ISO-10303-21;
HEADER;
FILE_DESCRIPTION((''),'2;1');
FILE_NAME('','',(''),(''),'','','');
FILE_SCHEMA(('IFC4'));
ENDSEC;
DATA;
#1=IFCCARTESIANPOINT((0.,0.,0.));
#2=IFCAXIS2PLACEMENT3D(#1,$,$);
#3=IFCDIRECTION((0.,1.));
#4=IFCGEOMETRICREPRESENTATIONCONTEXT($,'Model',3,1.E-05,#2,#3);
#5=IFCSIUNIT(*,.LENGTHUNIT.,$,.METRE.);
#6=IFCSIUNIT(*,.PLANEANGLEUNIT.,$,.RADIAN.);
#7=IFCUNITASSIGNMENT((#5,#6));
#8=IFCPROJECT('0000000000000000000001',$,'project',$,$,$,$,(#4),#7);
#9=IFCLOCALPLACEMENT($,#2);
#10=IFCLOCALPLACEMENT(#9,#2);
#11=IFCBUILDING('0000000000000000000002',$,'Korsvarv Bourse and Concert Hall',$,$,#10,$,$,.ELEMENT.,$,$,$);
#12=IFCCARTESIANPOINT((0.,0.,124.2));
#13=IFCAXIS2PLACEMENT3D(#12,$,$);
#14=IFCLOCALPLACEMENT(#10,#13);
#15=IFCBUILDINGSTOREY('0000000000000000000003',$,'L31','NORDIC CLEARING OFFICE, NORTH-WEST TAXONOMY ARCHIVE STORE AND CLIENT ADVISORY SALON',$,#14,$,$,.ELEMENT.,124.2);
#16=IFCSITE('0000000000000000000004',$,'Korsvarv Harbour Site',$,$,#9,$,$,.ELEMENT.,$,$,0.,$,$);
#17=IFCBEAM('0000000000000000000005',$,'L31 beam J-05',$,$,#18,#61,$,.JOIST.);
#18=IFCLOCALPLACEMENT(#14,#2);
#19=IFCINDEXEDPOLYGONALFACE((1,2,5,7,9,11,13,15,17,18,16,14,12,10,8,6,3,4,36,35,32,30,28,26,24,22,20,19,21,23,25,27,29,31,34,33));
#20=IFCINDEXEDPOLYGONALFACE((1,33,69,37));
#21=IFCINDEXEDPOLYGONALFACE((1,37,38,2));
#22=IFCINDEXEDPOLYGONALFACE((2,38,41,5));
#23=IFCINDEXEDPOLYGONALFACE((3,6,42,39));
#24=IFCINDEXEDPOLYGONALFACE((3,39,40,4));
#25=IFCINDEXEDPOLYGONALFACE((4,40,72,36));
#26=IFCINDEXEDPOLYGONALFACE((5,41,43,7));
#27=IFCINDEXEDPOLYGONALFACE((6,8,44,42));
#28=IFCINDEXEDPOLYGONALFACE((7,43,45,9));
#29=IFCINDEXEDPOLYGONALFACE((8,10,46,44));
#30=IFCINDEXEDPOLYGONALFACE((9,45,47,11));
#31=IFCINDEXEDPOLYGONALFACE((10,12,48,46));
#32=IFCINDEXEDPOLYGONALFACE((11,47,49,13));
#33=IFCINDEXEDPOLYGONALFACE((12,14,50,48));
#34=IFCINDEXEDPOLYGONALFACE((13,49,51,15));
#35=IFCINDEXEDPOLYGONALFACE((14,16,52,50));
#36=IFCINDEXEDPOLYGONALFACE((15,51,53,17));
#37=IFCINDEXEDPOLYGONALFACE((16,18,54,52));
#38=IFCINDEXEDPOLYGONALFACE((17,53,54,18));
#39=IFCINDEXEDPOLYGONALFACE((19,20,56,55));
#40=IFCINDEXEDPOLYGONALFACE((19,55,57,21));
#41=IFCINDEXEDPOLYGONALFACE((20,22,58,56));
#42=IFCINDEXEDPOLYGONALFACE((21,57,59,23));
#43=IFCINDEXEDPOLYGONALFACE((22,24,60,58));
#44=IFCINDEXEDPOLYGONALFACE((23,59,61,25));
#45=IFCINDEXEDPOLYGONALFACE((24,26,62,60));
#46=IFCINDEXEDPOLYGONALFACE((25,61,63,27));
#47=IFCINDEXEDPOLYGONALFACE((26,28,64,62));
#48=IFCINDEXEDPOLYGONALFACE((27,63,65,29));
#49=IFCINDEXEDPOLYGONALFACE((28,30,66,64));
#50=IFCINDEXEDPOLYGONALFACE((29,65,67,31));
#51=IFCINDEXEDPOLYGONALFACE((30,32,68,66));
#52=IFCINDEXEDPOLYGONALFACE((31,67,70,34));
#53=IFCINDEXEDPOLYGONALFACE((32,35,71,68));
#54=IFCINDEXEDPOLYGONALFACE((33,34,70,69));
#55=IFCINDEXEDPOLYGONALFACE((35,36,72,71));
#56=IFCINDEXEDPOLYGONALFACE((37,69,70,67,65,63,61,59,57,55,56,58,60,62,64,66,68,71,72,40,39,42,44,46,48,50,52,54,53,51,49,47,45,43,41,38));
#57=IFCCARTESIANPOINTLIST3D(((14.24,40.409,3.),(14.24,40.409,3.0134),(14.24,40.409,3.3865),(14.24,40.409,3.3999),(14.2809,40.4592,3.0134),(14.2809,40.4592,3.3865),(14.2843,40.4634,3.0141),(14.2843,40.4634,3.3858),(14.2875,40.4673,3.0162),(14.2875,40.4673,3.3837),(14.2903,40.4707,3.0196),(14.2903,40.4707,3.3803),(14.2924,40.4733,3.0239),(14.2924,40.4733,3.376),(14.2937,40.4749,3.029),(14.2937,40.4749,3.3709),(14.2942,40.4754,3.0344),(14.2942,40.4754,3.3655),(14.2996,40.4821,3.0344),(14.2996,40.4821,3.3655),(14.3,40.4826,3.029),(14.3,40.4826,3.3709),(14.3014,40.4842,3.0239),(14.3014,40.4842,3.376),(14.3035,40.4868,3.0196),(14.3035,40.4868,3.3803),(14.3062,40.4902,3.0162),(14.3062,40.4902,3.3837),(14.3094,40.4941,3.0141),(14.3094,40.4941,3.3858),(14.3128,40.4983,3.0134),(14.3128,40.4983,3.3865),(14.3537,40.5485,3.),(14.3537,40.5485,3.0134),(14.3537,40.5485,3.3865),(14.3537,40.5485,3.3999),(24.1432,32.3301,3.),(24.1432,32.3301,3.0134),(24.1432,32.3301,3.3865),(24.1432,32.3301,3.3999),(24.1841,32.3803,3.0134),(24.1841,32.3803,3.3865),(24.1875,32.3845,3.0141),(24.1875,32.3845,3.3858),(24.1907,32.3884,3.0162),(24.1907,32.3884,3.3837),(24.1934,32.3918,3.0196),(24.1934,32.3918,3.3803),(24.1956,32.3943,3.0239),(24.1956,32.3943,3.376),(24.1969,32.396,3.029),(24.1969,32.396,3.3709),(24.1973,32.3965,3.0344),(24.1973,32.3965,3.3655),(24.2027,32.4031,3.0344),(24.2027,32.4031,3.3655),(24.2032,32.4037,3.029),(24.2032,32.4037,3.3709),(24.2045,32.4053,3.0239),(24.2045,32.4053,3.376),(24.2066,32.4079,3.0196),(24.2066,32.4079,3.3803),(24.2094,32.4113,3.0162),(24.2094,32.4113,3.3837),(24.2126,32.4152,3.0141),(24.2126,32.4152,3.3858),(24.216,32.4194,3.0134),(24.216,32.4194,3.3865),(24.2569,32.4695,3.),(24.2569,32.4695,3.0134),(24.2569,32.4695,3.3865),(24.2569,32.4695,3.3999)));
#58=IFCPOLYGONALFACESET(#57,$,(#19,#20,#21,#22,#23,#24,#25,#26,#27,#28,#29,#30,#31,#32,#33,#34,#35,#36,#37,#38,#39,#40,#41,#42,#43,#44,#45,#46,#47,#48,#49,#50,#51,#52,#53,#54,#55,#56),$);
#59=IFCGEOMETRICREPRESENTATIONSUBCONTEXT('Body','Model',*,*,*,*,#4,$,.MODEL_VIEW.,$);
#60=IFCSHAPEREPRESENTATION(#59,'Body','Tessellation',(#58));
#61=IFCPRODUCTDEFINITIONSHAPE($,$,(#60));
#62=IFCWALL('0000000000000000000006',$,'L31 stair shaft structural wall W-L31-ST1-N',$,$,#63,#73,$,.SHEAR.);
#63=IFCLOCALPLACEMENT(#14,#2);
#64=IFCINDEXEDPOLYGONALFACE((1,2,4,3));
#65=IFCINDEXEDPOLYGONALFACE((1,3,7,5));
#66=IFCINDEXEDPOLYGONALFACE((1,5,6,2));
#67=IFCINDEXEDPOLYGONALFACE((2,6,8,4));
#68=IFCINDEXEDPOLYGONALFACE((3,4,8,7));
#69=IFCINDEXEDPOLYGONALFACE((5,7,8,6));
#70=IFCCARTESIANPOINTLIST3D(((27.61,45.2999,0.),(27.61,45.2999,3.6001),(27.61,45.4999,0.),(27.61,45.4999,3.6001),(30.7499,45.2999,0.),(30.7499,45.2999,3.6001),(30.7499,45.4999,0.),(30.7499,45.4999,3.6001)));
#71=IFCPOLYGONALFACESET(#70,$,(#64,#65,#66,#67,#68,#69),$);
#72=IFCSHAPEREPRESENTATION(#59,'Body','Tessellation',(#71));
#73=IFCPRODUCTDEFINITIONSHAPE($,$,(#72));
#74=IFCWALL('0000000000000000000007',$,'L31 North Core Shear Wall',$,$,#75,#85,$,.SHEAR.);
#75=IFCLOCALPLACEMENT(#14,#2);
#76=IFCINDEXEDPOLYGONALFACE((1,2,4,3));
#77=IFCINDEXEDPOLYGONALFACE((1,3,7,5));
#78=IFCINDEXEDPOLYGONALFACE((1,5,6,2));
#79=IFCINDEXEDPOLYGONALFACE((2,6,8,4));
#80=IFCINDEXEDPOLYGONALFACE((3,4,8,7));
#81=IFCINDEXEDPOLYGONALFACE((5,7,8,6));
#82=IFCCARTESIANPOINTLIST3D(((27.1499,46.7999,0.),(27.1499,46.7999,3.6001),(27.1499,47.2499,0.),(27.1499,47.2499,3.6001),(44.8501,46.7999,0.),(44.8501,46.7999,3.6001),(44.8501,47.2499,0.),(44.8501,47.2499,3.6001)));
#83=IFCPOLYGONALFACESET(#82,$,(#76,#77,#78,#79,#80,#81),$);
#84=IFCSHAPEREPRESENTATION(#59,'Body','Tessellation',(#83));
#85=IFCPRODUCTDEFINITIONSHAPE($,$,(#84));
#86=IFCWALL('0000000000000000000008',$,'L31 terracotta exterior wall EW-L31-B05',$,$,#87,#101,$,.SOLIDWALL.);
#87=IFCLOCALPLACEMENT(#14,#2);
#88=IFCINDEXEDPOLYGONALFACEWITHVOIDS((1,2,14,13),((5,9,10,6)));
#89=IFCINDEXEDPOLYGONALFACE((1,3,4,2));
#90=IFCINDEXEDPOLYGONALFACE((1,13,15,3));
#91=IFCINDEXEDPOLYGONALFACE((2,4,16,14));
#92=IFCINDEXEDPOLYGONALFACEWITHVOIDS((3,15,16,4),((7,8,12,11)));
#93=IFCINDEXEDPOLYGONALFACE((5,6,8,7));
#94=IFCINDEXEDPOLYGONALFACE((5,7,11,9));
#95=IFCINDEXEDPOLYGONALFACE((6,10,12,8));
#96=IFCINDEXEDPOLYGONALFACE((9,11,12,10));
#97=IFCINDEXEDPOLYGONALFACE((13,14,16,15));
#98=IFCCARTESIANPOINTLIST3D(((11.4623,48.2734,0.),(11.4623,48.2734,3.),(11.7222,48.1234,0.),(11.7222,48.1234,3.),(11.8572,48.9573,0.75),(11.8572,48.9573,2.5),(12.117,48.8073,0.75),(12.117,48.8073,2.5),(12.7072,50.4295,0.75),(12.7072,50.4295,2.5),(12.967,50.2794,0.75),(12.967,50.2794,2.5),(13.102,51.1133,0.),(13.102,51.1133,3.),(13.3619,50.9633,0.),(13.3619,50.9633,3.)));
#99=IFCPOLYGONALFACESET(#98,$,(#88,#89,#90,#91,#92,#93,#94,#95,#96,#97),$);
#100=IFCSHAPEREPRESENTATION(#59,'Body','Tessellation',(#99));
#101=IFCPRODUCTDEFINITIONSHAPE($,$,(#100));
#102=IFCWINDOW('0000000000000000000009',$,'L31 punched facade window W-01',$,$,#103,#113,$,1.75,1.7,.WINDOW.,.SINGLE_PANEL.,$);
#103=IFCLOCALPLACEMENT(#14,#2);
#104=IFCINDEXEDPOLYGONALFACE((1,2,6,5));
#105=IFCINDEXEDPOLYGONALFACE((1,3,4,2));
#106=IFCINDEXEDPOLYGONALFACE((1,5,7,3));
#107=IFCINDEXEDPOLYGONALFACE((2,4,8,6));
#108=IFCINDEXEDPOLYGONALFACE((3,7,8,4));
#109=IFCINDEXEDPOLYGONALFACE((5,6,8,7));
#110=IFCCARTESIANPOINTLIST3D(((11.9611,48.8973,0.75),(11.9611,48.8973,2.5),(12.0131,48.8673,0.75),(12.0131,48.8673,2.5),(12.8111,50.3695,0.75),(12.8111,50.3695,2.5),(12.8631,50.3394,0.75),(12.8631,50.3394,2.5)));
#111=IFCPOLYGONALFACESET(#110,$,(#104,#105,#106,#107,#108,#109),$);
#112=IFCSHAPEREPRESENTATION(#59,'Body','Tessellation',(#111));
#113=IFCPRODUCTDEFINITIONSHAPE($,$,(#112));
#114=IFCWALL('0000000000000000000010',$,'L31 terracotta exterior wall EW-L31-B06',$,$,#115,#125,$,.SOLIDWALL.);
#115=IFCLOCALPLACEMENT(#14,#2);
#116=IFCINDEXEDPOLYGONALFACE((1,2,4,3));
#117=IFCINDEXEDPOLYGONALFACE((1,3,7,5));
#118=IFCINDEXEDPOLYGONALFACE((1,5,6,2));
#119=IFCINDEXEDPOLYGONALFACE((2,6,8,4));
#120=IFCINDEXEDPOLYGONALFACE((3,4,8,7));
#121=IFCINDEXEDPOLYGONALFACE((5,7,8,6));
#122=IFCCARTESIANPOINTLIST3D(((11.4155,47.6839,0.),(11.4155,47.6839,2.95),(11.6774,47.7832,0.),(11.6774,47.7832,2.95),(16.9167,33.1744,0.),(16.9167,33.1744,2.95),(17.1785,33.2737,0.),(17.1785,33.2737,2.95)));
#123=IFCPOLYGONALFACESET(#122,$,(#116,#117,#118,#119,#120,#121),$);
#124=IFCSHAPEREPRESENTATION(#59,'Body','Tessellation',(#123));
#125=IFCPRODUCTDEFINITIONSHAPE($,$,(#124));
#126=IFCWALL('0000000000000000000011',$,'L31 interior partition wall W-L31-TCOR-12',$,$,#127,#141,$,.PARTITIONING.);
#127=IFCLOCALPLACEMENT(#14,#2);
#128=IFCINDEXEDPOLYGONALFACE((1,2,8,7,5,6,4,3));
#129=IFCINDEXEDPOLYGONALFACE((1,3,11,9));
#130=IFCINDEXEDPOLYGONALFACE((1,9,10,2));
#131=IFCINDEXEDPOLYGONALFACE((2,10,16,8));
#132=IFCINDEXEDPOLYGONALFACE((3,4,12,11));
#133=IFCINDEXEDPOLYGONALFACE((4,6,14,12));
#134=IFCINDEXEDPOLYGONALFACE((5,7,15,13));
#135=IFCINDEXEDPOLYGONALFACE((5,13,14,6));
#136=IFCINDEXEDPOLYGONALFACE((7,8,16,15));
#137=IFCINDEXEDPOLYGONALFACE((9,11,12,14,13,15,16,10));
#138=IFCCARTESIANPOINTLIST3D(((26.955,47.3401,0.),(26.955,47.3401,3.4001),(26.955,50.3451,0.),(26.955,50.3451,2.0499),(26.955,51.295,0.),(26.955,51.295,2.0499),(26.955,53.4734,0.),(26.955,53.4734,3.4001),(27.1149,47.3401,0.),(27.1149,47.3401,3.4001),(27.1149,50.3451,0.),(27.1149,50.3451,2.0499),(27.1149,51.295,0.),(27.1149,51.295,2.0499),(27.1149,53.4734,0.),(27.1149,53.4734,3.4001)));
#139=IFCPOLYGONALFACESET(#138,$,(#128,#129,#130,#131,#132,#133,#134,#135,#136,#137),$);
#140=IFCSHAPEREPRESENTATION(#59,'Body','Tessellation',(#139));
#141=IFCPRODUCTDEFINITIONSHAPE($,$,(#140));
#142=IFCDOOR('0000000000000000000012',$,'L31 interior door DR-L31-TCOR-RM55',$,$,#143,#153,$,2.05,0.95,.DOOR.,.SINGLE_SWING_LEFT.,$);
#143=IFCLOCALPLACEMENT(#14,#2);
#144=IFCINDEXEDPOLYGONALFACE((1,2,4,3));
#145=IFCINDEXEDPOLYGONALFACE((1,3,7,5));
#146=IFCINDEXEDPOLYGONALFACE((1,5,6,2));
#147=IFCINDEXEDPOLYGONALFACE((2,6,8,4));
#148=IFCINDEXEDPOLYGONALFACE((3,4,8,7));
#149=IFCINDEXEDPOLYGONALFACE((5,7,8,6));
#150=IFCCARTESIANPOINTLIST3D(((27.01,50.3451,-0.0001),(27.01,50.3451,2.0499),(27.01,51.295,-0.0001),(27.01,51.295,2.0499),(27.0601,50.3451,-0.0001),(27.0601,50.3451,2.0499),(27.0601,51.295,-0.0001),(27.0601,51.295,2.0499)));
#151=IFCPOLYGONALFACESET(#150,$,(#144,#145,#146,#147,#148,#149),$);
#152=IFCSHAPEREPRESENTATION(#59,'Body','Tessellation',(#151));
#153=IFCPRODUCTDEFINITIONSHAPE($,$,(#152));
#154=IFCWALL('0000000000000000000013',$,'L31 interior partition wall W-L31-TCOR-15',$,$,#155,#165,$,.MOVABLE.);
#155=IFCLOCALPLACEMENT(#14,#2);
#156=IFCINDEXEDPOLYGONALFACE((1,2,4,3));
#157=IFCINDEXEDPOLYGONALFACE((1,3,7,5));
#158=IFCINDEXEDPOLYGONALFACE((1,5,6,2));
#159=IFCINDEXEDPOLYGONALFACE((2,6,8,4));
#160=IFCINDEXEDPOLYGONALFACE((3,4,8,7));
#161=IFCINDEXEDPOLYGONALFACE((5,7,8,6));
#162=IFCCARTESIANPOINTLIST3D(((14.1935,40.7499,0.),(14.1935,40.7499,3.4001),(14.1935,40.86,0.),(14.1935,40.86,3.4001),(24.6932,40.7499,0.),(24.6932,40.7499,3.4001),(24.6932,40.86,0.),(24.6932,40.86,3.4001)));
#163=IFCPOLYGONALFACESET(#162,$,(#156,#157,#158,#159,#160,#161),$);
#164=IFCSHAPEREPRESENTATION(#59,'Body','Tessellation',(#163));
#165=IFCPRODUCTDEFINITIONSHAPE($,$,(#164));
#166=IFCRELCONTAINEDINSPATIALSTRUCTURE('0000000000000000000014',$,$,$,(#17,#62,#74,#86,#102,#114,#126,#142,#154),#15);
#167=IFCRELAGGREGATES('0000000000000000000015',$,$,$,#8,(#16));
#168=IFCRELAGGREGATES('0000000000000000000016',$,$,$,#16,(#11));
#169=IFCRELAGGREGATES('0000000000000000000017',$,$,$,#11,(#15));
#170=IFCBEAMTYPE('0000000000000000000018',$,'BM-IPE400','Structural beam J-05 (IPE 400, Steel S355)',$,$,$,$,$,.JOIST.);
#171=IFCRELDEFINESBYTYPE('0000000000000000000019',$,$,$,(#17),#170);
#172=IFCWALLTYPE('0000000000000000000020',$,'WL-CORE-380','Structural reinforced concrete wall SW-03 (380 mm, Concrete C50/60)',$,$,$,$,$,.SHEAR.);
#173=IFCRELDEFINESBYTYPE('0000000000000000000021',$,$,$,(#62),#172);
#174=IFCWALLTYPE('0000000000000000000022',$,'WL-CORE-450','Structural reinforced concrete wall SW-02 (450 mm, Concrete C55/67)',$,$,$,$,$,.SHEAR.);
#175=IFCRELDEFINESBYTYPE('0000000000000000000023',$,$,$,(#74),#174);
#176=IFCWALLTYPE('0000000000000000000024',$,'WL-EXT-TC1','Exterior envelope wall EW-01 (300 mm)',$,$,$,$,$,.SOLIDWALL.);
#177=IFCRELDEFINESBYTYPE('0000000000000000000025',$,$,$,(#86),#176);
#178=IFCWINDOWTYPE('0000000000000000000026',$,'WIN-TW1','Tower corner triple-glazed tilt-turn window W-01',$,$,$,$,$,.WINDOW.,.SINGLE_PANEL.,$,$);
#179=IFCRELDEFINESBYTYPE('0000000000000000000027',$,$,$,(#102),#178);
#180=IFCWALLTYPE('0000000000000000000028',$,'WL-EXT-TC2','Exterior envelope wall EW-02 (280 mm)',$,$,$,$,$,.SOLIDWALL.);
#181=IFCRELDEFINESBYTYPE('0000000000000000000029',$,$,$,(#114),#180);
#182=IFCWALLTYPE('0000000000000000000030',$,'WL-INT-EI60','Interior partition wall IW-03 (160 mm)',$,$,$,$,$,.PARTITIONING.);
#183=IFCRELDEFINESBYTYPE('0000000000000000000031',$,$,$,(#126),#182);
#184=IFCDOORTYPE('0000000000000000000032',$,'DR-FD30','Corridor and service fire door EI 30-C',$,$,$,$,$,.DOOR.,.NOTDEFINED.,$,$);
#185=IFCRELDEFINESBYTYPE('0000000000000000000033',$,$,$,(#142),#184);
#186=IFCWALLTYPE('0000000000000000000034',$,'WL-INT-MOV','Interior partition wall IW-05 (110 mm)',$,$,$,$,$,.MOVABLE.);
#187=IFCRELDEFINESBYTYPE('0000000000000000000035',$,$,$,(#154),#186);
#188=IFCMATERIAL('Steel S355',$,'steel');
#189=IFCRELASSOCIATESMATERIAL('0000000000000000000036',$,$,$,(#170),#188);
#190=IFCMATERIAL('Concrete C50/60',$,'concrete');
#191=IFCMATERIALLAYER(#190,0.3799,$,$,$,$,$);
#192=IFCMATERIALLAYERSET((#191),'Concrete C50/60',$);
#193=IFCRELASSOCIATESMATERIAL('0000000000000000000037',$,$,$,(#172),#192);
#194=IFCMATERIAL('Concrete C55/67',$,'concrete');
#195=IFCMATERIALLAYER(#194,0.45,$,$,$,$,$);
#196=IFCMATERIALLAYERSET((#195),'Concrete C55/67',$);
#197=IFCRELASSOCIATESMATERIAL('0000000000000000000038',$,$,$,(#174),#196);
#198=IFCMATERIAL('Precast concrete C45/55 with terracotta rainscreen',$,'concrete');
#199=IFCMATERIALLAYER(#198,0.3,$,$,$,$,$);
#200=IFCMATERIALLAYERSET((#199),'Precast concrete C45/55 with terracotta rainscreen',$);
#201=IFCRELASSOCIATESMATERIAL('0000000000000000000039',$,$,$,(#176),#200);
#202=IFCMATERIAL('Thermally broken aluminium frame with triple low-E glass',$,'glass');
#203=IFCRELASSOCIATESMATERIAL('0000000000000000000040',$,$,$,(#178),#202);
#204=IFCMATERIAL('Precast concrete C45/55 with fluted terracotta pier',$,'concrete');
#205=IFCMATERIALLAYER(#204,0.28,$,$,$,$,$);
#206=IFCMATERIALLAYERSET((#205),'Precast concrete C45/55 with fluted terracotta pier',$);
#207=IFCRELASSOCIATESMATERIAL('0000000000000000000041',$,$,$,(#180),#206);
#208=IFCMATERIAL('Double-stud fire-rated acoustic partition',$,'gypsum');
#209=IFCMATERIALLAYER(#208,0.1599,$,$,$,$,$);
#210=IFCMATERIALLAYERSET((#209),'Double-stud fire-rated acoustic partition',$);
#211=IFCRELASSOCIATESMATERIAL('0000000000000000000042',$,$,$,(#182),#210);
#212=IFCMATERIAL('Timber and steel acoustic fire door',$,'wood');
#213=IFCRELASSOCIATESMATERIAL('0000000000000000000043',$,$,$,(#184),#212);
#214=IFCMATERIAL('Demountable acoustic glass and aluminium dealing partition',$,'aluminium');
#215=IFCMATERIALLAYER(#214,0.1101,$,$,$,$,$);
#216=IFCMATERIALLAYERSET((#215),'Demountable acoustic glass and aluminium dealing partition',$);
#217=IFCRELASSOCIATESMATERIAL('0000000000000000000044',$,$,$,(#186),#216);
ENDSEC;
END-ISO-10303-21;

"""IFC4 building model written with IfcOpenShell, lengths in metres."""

from ifc_helpers import new_model, si_unit, direction, frame, frame_2d, origin, origin_2d, place, context, subcontext, project, spatial, rectangle, i_section, extrude, source, transform, mapped, material, layer, layer_set, material_profile, profile_set, type_object, element, fill, save


model = new_model("IFC4")

# Units and contexts
model_context = context("Model", 3, precision=1e-05, world=origin(), true_north=direction((0.0, 1.0)))
body_context = subcontext(model_context, "Body", "Model", "MODEL_VIEW")
ifc_project = project(units=[si_unit("LENGTHUNIT", "METRE"), si_unit("PLANEANGLEUNIT", "RADIAN")], contexts=[model_context])

# Site, building, storey
site_placement = place(None, origin())
site = spatial("IfcSite", under=ifc_project, at=site_placement, Name="Korsvarv Harbour Site", CompositionType="ELEMENT", RefElevation=0.0)
building_placement = place(site_placement, origin())
building = spatial("IfcBuilding", under=site, at=building_placement, Name="Korsvarv Bourse and Concert Hall", CompositionType="ELEMENT")
storey_placement = place(building_placement, frame((0.0, 0.0, 124.2)))
storey = spatial("IfcBuildingStorey", under=building, at=storey_placement, Name="L31", Description="NORDIC CLEARING OFFICE, NORTH-WEST TAXONOMY ARCHIVE STORE AND CLIENT ADVISORY SALON", CompositionType="ELEMENT", Elevation=124.2)

# Beam
ifc_material_1 = material(Name="Steel S355", Category="steel")
ifc_material_profile_1 = material_profile(ifc_material_1, i_section(OverallWidth=0.1799, OverallDepth=0.3999, WebThickness=0.0085, FlangeThickness=0.0134, FilletRadius=0.021, at=origin_2d()), Name="IPE 400")
ifc_profile_set_1 = profile_set([ifc_material_profile_1], Name="Steel S355")
beam_type_1 = type_object("IfcBeamType", Name="BM-IPE400", Description="Structural beam J-05 (IPE 400, Steel S355)", PredefinedType="JOIST", material=ifc_profile_set_1)
shared_shape_1 = source(origin(), body_context, "Body", "SweptSolid", [
    extrude(i_section(OverallWidth=0.1799, OverallDepth=0.3999, WebThickness=0.0085, FlangeThickness=0.0134, FilletRadius=0.021, at=origin_2d()), origin(), (0.0, 0.0, 1.0), 12.7805),
])
beam_1_placement = place(storey_placement, frame((14.2969, 40.4788, 3.2), z_axis=(0.774864, -0.632128, 0.0), x_axis=(0.632128, 0.774864, 0.0)))
element("IfcBeam", 1, at=beam_1_placement, inside=storey, type_object=beam_type_1, Name="L31 beam J-05", PredefinedType="JOIST", context=body_context, shape_type="MappedRepresentation", body=[
    mapped(shared_shape_1, transform((0.0, 0.0, 0.0), scale=1.0)),
])

# Walls
ifc_material_2 = material(Name="Concrete C50/60", Category="concrete")
ifc_layer_1 = layer(ifc_material_2, 0.3799)
ifc_layer_set_1 = layer_set([ifc_layer_1], Name="Concrete C50/60")
wall_type_1 = type_object("IfcWallType", Name="WL-CORE-380", Description="Structural reinforced concrete wall SW-03 (380 mm, Concrete C50/60)", PredefinedType="SHEAR", material=ifc_layer_set_1)
wall_1_placement = place(storey_placement, frame((27.6101, 45.3999, 0.0), z_axis=(0.0, 0.0, 1.0), x_axis=(1.0, 0.0, 0.0)))
element("IfcWall", 2, at=wall_1_placement, inside=storey, type_object=wall_type_1, Name="L31 stair shaft structural wall W-L31-ST1-N", PredefinedType="SHEAR", context=body_context, shape_type="SweptSolid", body=[
    extrude(rectangle(XDim=3.1399, YDim=0.2, at=frame_2d((1.5698, 0.0))), origin(), (0.0, 0.0, 1.0), 3.6001),
])
ifc_material_3 = material(Name="Concrete C55/67", Category="concrete")
ifc_layer_2 = layer(ifc_material_3, 0.45)
ifc_layer_set_2 = layer_set([ifc_layer_2], Name="Concrete C55/67")
wall_type_2 = type_object("IfcWallType", Name="WL-CORE-450", Description="Structural reinforced concrete wall SW-02 (450 mm, Concrete C55/67)", PredefinedType="SHEAR", material=ifc_layer_set_2)
wall_2_placement = place(storey_placement, frame((27.1499, 47.0249, 0.0), z_axis=(0.0, 0.0, 1.0), x_axis=(1.0, 0.0, 0.0)))
element("IfcWall", 3, at=wall_2_placement, inside=storey, type_object=wall_type_2, Name="L31 North Core Shear Wall", PredefinedType="SHEAR", context=body_context, shape_type="SweptSolid", body=[
    extrude(rectangle(XDim=17.7002, YDim=0.45, at=frame_2d((8.8501, 0.0))), origin(), (0.0, 0.0, 1.0), 3.6001),
])

# Wall, opening, window
ifc_material_4 = material(Name="Precast concrete C45/55 with terracotta rainscreen", Category="concrete")
ifc_layer_3 = layer(ifc_material_4, 0.3)
ifc_layer_set_3 = layer_set([ifc_layer_3], Name="Precast concrete C45/55 with terracotta rainscreen")
wall_type_3 = type_object("IfcWallType", Name="WL-EXT-TC1", Description="Exterior envelope wall EW-01 (300 mm)", PredefinedType="SOLIDWALL", material=ifc_layer_set_3)
wall_3_placement = place(storey_placement, frame((13.2319, 51.0383, 0.0), z_axis=(0.0, 0.0, 1.0), x_axis=(-0.500015, -0.866017, 0.0)))
wall_3 = element("IfcWall", 4, at=wall_3_placement, inside=storey, type_object=wall_type_3, Name="L31 terracotta exterior wall EW-L31-B05", PredefinedType="SOLIDWALL", context=body_context, shape_type="SweptSolid", body=[
    extrude(rectangle(XDim=3.2793, YDim=0.3, at=frame_2d((1.6396, 0.0))), origin(), (0.0, 0.0, 1.0), 3.0),
])
opening_1_placement = place(wall_3_placement, frame((0.7896, 0.0, 0.75)))
opening_1 = element("IfcOpeningElement", 5, at=opening_1_placement, cuts=wall_3, PredefinedType="OPENING", context=body_context, shape_type="SweptSolid", body=[
    extrude(rectangle(XDim=1.7, YDim=1.75, at=frame_2d((0.8501, 0.875))), frame((0.0, 0.1602, 0.0), z_axis=(0.0, -1.0, 0.0), x_axis=(1.0, 0.0, 0.0)), (0.0, 0.0, 1.0), 0.3201),
])
ifc_material_5 = material(Name="Thermally broken aluminium frame with triple low-E glass", Category="glass")
window_type = type_object("IfcWindowType", Name="WIN-TW1", Description="Tower corner triple-glazed tilt-turn window W-01", PartitioningType="SINGLE_PANEL", PredefinedType="WINDOW", material=ifc_material_5)
window_placement = place(opening_1_placement, origin())
window = element("IfcWindow", 6, at=window_placement, inside=storey, type_object=window_type, Name="L31 punched facade window W-01", OverallHeight=1.75, OverallWidth=1.7, PartitioningType="SINGLE_PANEL", PredefinedType="WINDOW", context=body_context, shape_type="SweptSolid", body=[
    extrude(rectangle(XDim=1.7, YDim=1.75, at=frame_2d((0.8501, 0.875))), frame((0.0, 0.03, 0.0), z_axis=(0.0, -1.0, 0.0), x_axis=(1.0, 0.0, 0.0)), (0.0, 0.0, 1.0), 0.0601),
])
fill(opening_1, window)

# Wall
ifc_material_6 = material(Name="Precast concrete C45/55 with fluted terracotta pier", Category="concrete")
ifc_layer_4 = layer(ifc_material_6, 0.28)
ifc_layer_set_4 = layer_set([ifc_layer_4], Name="Precast concrete C45/55 with fluted terracotta pier")
wall_type_4 = type_object("IfcWallType", Name="WL-EXT-TC2", Description="Exterior envelope wall EW-02 (280 mm)", PredefinedType="SOLIDWALL", material=ifc_layer_set_4)
wall_4_placement = place(storey_placement, frame((11.5464, 47.7336, 0.0), z_axis=(0.0, 0.0, 1.0), x_axis=(0.35452, -0.935049, 0.0)))
element("IfcWall", 7, at=wall_4_placement, inside=storey, type_object=wall_type_4, Name="L31 terracotta exterior wall EW-L31-B06", PredefinedType="SOLIDWALL", context=body_context, shape_type="SweptSolid", body=[
    extrude(rectangle(XDim=15.5173, YDim=0.28, at=frame_2d((7.7588, 0.0))), origin(), (0.0, 0.0, 1.0), 2.95),
])

# Wall, opening, door
ifc_material_7 = material(Name="Double-stud fire-rated acoustic partition", Category="gypsum")
ifc_layer_5 = layer(ifc_material_7, 0.1599)
ifc_layer_set_5 = layer_set([ifc_layer_5], Name="Double-stud fire-rated acoustic partition")
wall_type_5 = type_object("IfcWallType", Name="WL-INT-EI60", Description="Interior partition wall IW-03 (160 mm)", PredefinedType="PARTITIONING", material=ifc_layer_set_5)
wall_5_placement = place(storey_placement, frame((27.0349, 47.3401, 0.0), z_axis=(0.0, 0.0, 1.0), x_axis=(0.0, 1.0, 0.0)))
wall_5 = element("IfcWall", 8, at=wall_5_placement, inside=storey, type_object=wall_type_5, Name="L31 interior partition wall W-L31-TCOR-12", PredefinedType="PARTITIONING", context=body_context, shape_type="SweptSolid", body=[
    extrude(rectangle(XDim=6.1333, YDim=0.1599, at=frame_2d((3.0667, 0.0))), origin(), (0.0, 0.0, 1.0), 3.4001),
])
opening_2_placement = place(wall_5_placement, frame((3.0049, 0.0, 0.0)))
opening_2 = element("IfcOpeningElement", 9, at=opening_2_placement, cuts=wall_5, PredefinedType="OPENING", context=body_context, shape_type="SweptSolid", body=[
    extrude(rectangle(XDim=0.95, YDim=2.05, at=frame_2d((0.4751, 1.0249))), frame((0.0, 0.0898, 0.0), z_axis=(0.0, -1.0, 0.0), x_axis=(1.0, 0.0, 0.0)), (0.0, 0.0, 1.0), 0.1799),
])
ifc_material_8 = material(Name="Timber and steel acoustic fire door", Category="wood")
door_type = type_object("IfcDoorType", Name="DR-FD30", Description="Corridor and service fire door EI 30-C", OperationType="NOTDEFINED", PredefinedType="DOOR", material=ifc_material_8)
door_placement = place(opening_2_placement, origin())
door = element("IfcDoor", 10, at=door_placement, inside=storey, type_object=door_type, Name="L31 interior door DR-L31-TCOR-RM55", OperationType="SINGLE_SWING_LEFT", OverallHeight=2.05, OverallWidth=0.95, PredefinedType="DOOR", context=body_context, shape_type="SweptSolid", body=[
    extrude(rectangle(XDim=0.95, YDim=2.05, at=frame_2d((0.4751, 1.0249))), frame((0.0, 0.0249, 0.0), z_axis=(0.0, -1.0, 0.0), x_axis=(1.0, 0.0, 0.0)), (0.0, 0.0, 1.0), 0.05),
])
fill(opening_2, door)

# Wall
ifc_material_9 = material(Name="Demountable acoustic glass and aluminium dealing partition", Category="aluminium")
ifc_layer_6 = layer(ifc_material_9, 0.1101)
ifc_layer_set_6 = layer_set([ifc_layer_6], Name="Demountable acoustic glass and aluminium dealing partition")
wall_type_6 = type_object("IfcWallType", Name="WL-INT-MOV", Description="Interior partition wall IW-05 (110 mm)", PredefinedType="MOVABLE", material=ifc_layer_set_6)
wall_6_placement = place(storey_placement, frame((14.1934, 40.8049, 0.0), z_axis=(0.0, 0.0, 1.0), x_axis=(1.0, 0.0, 0.0)))
element("IfcWall", 11, at=wall_6_placement, inside=storey, type_object=wall_type_6, Name="L31 interior partition wall W-L31-TCOR-15", PredefinedType="MOVABLE", context=body_context, shape_type="SweptSolid", body=[
    extrude(rectangle(XDim=10.4998, YDim=0.1101, at=frame_2d((5.25, 0.0))), origin(), (0.0, 0.0, 1.0), 3.4001),
])

save(model, "model.ifc")
